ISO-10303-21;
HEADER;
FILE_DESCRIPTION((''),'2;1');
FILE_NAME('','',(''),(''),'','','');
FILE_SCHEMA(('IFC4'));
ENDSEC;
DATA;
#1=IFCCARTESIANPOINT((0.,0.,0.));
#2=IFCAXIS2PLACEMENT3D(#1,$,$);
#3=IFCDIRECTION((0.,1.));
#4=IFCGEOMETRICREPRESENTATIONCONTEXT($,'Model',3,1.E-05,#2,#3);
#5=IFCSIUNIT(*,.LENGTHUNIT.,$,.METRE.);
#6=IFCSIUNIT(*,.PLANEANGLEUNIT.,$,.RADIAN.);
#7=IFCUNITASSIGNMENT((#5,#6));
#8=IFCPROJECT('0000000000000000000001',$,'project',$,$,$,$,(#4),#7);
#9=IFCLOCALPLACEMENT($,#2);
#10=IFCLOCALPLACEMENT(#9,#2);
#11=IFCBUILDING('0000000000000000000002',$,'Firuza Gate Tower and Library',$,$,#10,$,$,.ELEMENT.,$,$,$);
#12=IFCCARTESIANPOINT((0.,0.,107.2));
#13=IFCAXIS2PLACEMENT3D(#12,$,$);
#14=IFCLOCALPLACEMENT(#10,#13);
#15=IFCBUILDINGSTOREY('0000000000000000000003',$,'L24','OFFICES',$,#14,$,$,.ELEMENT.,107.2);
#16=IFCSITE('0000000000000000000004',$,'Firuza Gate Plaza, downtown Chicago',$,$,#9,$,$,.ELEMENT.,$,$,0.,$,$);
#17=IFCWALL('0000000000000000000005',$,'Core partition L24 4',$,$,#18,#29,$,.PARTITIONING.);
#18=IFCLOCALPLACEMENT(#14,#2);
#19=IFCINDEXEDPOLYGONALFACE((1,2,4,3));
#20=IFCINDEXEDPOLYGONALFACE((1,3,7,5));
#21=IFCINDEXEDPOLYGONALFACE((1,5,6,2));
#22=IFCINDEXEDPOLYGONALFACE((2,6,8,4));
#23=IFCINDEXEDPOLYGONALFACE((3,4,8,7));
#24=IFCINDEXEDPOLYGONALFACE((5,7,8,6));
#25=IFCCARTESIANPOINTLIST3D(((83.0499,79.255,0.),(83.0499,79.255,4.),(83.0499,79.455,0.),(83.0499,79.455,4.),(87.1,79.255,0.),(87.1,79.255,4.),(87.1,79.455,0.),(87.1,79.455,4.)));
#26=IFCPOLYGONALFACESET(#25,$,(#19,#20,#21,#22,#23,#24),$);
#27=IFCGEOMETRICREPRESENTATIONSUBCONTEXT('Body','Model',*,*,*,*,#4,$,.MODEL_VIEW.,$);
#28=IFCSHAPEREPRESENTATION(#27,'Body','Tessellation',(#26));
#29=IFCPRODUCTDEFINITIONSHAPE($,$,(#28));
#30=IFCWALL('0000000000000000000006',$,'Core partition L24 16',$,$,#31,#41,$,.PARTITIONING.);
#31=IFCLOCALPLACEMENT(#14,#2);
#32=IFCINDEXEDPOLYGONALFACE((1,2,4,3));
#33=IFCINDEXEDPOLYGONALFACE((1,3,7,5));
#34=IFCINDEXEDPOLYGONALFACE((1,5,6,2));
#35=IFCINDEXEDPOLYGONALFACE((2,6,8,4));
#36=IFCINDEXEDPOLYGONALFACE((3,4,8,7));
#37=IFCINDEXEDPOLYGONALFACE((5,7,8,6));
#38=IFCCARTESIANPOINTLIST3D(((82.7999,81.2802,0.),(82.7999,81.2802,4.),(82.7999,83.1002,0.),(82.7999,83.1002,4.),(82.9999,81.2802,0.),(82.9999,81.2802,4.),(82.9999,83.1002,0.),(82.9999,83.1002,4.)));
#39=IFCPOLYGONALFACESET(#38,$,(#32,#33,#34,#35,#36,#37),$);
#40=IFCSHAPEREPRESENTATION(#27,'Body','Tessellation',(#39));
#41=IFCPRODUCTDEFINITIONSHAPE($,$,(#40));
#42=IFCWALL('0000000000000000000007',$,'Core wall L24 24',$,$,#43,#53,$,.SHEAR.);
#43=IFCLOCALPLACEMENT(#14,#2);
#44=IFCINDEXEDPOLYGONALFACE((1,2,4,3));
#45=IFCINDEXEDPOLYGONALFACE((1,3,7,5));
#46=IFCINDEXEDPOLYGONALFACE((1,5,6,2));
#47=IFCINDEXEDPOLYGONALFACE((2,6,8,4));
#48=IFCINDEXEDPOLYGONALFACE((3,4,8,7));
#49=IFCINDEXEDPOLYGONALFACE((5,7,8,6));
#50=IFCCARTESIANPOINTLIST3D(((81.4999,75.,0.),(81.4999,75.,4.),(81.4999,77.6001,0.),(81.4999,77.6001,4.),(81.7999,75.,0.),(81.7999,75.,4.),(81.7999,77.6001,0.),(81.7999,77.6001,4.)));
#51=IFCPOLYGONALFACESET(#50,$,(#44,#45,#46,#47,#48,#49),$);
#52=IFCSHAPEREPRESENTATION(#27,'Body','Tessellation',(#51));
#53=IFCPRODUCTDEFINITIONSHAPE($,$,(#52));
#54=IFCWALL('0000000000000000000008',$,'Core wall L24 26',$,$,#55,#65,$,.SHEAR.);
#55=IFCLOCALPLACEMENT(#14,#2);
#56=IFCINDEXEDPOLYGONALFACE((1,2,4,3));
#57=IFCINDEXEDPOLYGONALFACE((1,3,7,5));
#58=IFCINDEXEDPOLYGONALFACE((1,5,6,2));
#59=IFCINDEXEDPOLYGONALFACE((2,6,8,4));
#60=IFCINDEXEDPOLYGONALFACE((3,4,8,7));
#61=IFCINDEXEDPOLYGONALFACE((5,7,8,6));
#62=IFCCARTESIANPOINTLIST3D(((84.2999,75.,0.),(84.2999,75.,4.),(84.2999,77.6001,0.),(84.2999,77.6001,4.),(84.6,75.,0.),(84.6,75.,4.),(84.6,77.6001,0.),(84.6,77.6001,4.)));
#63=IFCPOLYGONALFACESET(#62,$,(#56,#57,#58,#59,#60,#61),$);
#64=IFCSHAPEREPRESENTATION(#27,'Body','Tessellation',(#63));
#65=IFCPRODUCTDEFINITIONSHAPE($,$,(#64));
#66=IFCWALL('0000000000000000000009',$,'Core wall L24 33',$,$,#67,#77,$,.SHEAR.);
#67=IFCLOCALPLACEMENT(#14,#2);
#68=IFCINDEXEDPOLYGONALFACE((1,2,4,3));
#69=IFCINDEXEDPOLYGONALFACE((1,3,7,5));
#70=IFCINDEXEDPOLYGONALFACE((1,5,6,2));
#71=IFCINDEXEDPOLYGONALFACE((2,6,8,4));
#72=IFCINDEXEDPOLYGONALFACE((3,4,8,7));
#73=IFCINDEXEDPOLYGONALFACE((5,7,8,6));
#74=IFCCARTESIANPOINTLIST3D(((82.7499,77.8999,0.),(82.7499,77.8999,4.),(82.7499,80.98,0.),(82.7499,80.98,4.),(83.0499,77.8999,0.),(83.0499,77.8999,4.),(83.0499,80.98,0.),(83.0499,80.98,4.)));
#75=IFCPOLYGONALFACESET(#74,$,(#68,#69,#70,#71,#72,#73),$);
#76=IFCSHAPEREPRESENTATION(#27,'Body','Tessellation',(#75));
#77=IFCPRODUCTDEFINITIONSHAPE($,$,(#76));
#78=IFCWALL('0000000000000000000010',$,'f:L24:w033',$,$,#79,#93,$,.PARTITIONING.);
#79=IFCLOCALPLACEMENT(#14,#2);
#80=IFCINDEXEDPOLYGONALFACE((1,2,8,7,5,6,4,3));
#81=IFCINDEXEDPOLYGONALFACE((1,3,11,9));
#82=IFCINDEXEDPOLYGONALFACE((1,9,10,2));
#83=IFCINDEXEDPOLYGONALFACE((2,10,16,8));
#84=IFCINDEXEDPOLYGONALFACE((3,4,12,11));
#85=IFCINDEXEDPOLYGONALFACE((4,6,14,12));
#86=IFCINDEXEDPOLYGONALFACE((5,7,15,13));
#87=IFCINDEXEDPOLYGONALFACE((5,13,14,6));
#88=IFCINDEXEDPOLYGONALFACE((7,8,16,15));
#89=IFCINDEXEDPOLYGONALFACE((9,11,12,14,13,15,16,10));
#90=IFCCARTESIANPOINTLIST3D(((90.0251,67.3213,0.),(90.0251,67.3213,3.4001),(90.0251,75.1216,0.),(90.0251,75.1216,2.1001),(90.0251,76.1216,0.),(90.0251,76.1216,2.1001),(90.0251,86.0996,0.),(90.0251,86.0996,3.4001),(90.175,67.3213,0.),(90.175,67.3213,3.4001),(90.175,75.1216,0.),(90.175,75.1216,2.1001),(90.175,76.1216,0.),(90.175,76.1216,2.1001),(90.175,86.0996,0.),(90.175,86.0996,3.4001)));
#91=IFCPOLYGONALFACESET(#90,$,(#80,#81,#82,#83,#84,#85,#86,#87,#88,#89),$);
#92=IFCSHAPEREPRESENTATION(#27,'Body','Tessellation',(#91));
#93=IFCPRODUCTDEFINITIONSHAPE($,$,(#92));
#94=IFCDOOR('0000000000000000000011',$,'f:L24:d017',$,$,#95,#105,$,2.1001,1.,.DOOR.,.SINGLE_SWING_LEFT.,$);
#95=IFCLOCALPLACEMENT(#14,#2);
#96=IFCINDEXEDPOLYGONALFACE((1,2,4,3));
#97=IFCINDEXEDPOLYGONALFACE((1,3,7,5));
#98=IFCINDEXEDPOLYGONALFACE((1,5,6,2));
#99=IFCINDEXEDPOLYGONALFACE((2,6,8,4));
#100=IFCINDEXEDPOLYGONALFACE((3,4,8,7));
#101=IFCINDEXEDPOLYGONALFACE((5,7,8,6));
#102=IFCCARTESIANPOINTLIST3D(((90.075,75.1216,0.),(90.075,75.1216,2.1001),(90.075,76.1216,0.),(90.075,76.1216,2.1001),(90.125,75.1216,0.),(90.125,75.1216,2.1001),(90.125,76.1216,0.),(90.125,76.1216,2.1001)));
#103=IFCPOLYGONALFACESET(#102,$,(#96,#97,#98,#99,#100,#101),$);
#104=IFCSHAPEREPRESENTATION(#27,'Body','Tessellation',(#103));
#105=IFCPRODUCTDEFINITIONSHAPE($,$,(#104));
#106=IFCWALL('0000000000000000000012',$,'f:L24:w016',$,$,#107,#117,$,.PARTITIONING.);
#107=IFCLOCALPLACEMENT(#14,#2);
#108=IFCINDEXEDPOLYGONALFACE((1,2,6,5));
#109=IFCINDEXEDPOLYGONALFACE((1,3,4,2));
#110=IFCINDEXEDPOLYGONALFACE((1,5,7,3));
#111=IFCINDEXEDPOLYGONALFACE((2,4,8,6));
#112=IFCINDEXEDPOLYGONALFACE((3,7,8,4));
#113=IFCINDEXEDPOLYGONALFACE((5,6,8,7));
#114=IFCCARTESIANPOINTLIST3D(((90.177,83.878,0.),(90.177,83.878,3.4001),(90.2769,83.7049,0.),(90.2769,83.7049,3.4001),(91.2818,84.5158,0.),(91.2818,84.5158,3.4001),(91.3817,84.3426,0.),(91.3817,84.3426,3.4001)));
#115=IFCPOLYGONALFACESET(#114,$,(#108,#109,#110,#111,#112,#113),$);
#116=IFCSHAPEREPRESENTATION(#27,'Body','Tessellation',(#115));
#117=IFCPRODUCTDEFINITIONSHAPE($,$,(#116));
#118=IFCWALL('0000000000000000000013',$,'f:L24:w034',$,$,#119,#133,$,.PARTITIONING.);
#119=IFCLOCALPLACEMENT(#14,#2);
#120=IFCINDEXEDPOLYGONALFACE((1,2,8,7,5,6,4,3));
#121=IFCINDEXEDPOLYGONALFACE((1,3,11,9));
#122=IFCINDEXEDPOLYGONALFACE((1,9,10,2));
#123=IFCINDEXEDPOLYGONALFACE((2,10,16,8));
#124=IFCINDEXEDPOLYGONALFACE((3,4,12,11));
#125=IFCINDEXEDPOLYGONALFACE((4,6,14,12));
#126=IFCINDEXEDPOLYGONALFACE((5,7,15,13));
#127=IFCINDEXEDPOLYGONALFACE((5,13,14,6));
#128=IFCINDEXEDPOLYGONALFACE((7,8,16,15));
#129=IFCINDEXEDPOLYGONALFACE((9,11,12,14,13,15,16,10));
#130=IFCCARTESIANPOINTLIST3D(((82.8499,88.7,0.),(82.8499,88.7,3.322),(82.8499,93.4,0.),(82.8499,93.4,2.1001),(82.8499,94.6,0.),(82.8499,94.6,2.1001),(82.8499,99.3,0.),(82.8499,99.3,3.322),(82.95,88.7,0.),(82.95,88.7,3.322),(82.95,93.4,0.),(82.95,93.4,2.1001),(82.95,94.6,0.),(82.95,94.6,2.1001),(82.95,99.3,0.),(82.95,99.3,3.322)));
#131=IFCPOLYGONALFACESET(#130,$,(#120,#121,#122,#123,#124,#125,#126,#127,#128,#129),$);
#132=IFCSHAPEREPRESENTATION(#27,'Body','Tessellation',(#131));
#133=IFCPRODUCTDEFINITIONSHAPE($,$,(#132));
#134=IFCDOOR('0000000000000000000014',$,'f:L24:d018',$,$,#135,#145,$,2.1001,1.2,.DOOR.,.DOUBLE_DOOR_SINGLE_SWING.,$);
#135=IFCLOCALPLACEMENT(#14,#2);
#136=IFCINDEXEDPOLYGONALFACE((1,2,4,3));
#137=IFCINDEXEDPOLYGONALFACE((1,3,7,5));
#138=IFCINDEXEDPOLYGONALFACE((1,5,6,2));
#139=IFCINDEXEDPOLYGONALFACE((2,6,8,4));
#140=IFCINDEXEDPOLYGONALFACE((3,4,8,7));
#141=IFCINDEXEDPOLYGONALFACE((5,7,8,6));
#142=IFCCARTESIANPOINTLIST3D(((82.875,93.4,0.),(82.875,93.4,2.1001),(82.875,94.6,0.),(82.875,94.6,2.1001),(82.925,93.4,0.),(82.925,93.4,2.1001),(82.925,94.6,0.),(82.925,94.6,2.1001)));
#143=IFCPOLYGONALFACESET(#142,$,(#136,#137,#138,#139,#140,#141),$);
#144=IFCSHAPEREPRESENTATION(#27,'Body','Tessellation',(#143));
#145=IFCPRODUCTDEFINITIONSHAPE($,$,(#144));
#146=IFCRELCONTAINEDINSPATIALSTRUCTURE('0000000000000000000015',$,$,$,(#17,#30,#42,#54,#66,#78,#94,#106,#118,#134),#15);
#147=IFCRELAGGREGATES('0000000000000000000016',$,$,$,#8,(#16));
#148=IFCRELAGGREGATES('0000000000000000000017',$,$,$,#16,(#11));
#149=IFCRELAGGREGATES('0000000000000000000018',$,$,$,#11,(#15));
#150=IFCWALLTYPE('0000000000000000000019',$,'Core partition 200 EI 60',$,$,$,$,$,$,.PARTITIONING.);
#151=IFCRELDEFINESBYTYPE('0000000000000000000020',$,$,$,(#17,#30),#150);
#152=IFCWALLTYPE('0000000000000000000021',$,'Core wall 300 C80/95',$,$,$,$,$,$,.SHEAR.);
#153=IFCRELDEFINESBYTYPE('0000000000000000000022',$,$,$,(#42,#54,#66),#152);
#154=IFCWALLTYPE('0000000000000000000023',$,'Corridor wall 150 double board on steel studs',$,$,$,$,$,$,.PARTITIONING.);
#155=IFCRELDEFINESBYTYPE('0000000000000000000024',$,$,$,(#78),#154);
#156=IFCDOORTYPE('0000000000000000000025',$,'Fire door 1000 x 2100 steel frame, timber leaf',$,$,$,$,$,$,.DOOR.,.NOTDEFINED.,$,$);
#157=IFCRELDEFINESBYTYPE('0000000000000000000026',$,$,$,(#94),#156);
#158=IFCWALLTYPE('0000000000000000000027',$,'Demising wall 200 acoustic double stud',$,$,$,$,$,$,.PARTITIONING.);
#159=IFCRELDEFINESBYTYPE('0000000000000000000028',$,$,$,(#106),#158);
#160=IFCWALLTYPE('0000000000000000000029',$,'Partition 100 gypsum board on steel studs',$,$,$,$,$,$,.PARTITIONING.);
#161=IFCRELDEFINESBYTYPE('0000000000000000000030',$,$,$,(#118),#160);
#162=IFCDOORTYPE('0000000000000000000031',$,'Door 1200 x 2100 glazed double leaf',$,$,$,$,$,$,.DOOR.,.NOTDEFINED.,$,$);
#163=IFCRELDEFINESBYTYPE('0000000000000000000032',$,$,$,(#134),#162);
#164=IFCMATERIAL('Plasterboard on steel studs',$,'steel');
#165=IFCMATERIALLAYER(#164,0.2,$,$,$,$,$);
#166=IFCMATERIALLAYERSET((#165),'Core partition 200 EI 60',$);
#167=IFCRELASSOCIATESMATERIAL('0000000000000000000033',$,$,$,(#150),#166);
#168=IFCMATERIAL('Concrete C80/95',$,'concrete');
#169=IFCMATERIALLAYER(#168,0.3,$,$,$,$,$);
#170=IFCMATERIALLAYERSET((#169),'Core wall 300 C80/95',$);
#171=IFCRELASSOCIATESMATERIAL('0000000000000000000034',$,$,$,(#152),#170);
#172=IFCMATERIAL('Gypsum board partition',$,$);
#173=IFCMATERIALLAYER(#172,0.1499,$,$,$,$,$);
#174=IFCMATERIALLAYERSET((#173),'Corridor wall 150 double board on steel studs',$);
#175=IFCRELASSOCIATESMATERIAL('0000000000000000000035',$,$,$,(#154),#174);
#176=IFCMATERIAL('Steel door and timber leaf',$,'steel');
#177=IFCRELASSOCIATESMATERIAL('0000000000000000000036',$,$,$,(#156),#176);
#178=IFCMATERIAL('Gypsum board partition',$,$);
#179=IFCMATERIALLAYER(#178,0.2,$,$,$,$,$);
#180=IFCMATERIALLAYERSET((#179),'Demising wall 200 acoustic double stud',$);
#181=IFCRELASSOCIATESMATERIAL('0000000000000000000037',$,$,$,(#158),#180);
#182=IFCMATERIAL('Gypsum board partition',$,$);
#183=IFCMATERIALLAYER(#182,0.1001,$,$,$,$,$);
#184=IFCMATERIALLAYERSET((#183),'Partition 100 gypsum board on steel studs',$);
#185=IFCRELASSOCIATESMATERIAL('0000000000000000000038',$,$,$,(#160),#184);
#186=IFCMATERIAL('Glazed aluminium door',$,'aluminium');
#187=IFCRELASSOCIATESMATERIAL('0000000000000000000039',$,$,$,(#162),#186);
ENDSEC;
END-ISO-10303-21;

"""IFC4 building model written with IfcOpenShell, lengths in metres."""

from ifc_helpers import new_model, si_unit, direction, frame, frame_2d, origin, place, context, subcontext, project, spatial, rectangle, extrude, material, layer, layer_set, type_object, element, fill, save


model = new_model("IFC4")

# Units and contexts
model_context = context("Model", 3, precision=1e-05, world=origin(), true_north=direction((0.0, 1.0)))
body_context = subcontext(model_context, "Body", "Model", "MODEL_VIEW")
ifc_project = project(units=[si_unit("LENGTHUNIT", "METRE"), si_unit("PLANEANGLEUNIT", "RADIAN")], contexts=[model_context])

# Site, building, storey
site_placement = place(None, origin())
site = spatial("IfcSite", under=ifc_project, at=site_placement, Name="Firuza Gate Plaza, downtown Chicago", CompositionType="ELEMENT", RefElevation=0.0)
building_placement = place(site_placement, origin())
building = spatial("IfcBuilding", under=site, at=building_placement, Name="Firuza Gate Tower and Library", CompositionType="ELEMENT")
storey_placement = place(building_placement, frame((0.0, 0.0, 107.2)))
storey = spatial("IfcBuildingStorey", under=building, at=storey_placement, Name="L24", Description="OFFICES", CompositionType="ELEMENT", Elevation=107.2)

# Walls
ifc_material_1 = material(Name="Plasterboard on steel studs", Category="steel")
ifc_layer_1 = layer(ifc_material_1, 0.2)
ifc_layer_set_1 = layer_set([ifc_layer_1], Name="Core partition 200 EI 60")
wall_type_1 = type_object("IfcWallType", Name="Core partition 200 EI 60", PredefinedType="PARTITIONING", material=ifc_layer_set_1)
wall_1_placement = place(storey_placement, frame((83.05, 79.355, 0.0), z_axis=(0.0, 0.0, 1.0), x_axis=(1.0, 0.0, 0.0)))
element("IfcWall", 1, at=wall_1_placement, inside=storey, type_object=wall_type_1, Name="Core partition L24 4", PredefinedType="PARTITIONING", context=body_context, shape_type="SweptSolid", body=[
    extrude(rectangle(XDim=4.05, YDim=0.2, at=frame_2d((2.0249, 0.0))), origin(), (0.0, 0.0, 1.0), 4.0),
])
wall_2_placement = place(storey_placement, frame((82.8999, 81.28, 0.0), z_axis=(0.0, 0.0, 1.0), x_axis=(0.0, 1.0, 0.0)))
element("IfcWall", 2, at=wall_2_placement, inside=storey, type_object=wall_type_1, Name="Core partition L24 16", PredefinedType="PARTITIONING", context=body_context, shape_type="SweptSolid", body=[
    extrude(rectangle(XDim=1.8201, YDim=0.2, at=frame_2d((0.9102, 0.0))), origin(), (0.0, 0.0, 1.0), 4.0),
])
ifc_material_2 = material(Name="Concrete C80/95", Category="concrete")
ifc_layer_2 = layer(ifc_material_2, 0.3)
ifc_layer_set_2 = layer_set([ifc_layer_2], Name="Core wall 300 C80/95")
wall_type_2 = type_object("IfcWallType", Name="Core wall 300 C80/95", PredefinedType="SHEAR", material=ifc_layer_set_2)
for number, where, z_axis, x_axis, name in (
    (3, (81.6499, 75.0, 0.0), (0.0, 0.0, 1.0), (0.0, 1.0, 0.0), "Core wall L24 24"),
    (4, (84.45, 75.0, 0.0), (0.0, 0.0, 1.0), (0.0, 1.0, 0.0), "Core wall L24 26"),
):
    element("IfcWall", number, at=place(storey_placement, frame(where, z_axis=z_axis, x_axis=x_axis)), inside=storey, type_object=wall_type_2, Name=name, PredefinedType="SHEAR", context=body_context, shape_type="SweptSolid", body=[
        extrude(rectangle(XDim=2.6001, YDim=0.3, at=frame_2d((1.3, 0.0))), origin(), (0.0, 0.0, 1.0), 4.0),
    ])
wall_3_placement = place(storey_placement, frame((82.8999, 77.8999, 0.0), z_axis=(0.0, 0.0, 1.0), x_axis=(0.0, 1.0, 0.0)))
element("IfcWall", 5, at=wall_3_placement, inside=storey, type_object=wall_type_2, Name="Core wall L24 33", PredefinedType="SHEAR", context=body_context, shape_type="SweptSolid", body=[
    extrude(rectangle(XDim=3.0801, YDim=0.3, at=frame_2d((1.54, 0.0))), origin(), (0.0, 0.0, 1.0), 4.0),
])

# Wall, opening, door
ifc_material_3 = material(Name="Gypsum board partition")
ifc_layer_3 = layer(ifc_material_3, 0.1499)
ifc_layer_set_3 = layer_set([ifc_layer_3], Name="Corridor wall 150 double board on steel studs")
wall_type_3 = type_object("IfcWallType", Name="Corridor wall 150 double board on steel studs", PredefinedType="PARTITIONING", material=ifc_layer_set_3)
wall_4_placement = place(storey_placement, frame((90.1001, 86.0996, 0.0), z_axis=(0.0, 0.0, 1.0), x_axis=(0.0, -1.0, 0.0)))
wall_4 = element("IfcWall", 6, at=wall_4_placement, inside=storey, type_object=wall_type_3, Name="f:L24:w033", PredefinedType="PARTITIONING", context=body_context, shape_type="SweptSolid", body=[
    extrude(rectangle(XDim=18.7783, YDim=0.1499, at=frame_2d((9.3892, 0.0))), origin(), (0.0, 0.0, 1.0), 3.4001),
])
opening_1_placement = place(wall_4_placement, frame((9.978, 0.0, 0.0)))
opening_1 = element("IfcOpeningElement", 7, at=opening_1_placement, cuts=wall_4, PredefinedType="OPENING", context=body_context, shape_type="SweptSolid", body=[
    extrude(rectangle(XDim=1.0, YDim=2.1001, at=frame_2d((0.5, 1.05))), frame((0.0, 0.085, 0.0), z_axis=(0.0, -1.0, 0.0), x_axis=(1.0, 0.0, 0.0)), (0.0, 0.0, 1.0), 0.1699),
])
ifc_material_4 = material(Name="Steel door and timber leaf", Category="steel")
door_type_1 = type_object("IfcDoorType", Name="Fire door 1000 x 2100 steel frame, timber leaf", OperationType="NOTDEFINED", PredefinedType="DOOR", material=ifc_material_4)
door_1_placement = place(opening_1_placement, origin())
door_1 = element("IfcDoor", 8, at=door_1_placement, inside=storey, type_object=door_type_1, Name="f:L24:d017", OperationType="SINGLE_SWING_LEFT", OverallHeight=2.1001, OverallWidth=1.0, PredefinedType="DOOR", context=body_context, shape_type="SweptSolid", body=[
    extrude(rectangle(XDim=1.0, YDim=2.1001, at=frame_2d((0.5, 1.05))), frame((0.0, 0.0249, 0.0), z_axis=(0.0, -1.0, 0.0), x_axis=(1.0, 0.0, 0.0)), (0.0, 0.0, 1.0), 0.05),
])
fill(opening_1, door_1)

# Wall
ifc_material_5 = material(Name="Gypsum board partition")
ifc_layer_4 = layer(ifc_material_5, 0.2)
ifc_layer_set_4 = layer_set([ifc_layer_4], Name="Demising wall 200 acoustic double stud")
wall_type_4 = type_object("IfcWallType", Name="Demising wall 200 acoustic double stud", PredefinedType="PARTITIONING", material=ifc_layer_set_4)
wall_5_placement = place(storey_placement, frame((90.2271, 83.7915, 0.0), z_axis=(0.0, 0.0, 1.0), x_axis=(0.866068, 0.499927, 0.0)))
element("IfcWall", 9, at=wall_5_placement, inside=storey, type_object=wall_type_4, Name="f:L24:w016", PredefinedType="PARTITIONING", context=body_context, shape_type="SweptSolid", body=[
    extrude(rectangle(XDim=1.2756, YDim=0.2, at=frame_2d((0.6377, 0.0))), origin(), (0.0, 0.0, 1.0), 3.4001),
])

# Wall, opening, door
ifc_material_6 = material(Name="Gypsum board partition")
ifc_layer_5 = layer(ifc_material_6, 0.1001)
ifc_layer_set_5 = layer_set([ifc_layer_5], Name="Partition 100 gypsum board on steel studs")
wall_type_5 = type_object("IfcWallType", Name="Partition 100 gypsum board on steel studs", PredefinedType="PARTITIONING", material=ifc_layer_set_5)
wall_6_placement = place(storey_placement, frame((82.8999, 88.7, 0.0), z_axis=(0.0, 0.0, 1.0), x_axis=(0.0, 1.0, 0.0)))
wall_6 = element("IfcWall", 10, at=wall_6_placement, inside=storey, type_object=wall_type_5, Name="f:L24:w034", PredefinedType="PARTITIONING", context=body_context, shape_type="SweptSolid", body=[
    extrude(rectangle(XDim=10.6001, YDim=0.1001, at=frame_2d((5.3, 0.0))), origin(), (0.0, 0.0, 1.0), 3.322),
])
opening_2_placement = place(wall_6_placement, frame((4.7, 0.0, 0.0)))
opening_2 = element("IfcOpeningElement", 11, at=opening_2_placement, cuts=wall_6, PredefinedType="OPENING", context=body_context, shape_type="SweptSolid", body=[
    extrude(rectangle(XDim=1.2, YDim=2.1001, at=frame_2d((0.6001, 1.05))), frame((0.0, 0.0601, 0.0), z_axis=(0.0, -1.0, 0.0), x_axis=(1.0, 0.0, 0.0)), (0.0, 0.0, 1.0), 0.1201),
])
ifc_material_7 = material(Name="Glazed aluminium door", Category="aluminium")
door_type_2 = type_object("IfcDoorType", Name="Door 1200 x 2100 glazed double leaf", OperationType="NOTDEFINED", PredefinedType="DOOR", material=ifc_material_7)
door_2_placement = place(opening_2_placement, origin())
door_2 = element("IfcDoor", 12, at=door_2_placement, inside=storey, type_object=door_type_2, Name="f:L24:d018", OperationType="DOUBLE_DOOR_SINGLE_SWING", OverallHeight=2.1001, OverallWidth=1.2, PredefinedType="DOOR", context=body_context, shape_type="SweptSolid", body=[
    extrude(rectangle(XDim=1.2, YDim=2.1001, at=frame_2d((0.6001, 1.05))), frame((0.0, 0.0249, 0.0), z_axis=(0.0, -1.0, 0.0), x_axis=(1.0, 0.0, 0.0)), (0.0, 0.0, 1.0), 0.05),
])
fill(opening_2, door_2)

save(model, "model.ifc")
